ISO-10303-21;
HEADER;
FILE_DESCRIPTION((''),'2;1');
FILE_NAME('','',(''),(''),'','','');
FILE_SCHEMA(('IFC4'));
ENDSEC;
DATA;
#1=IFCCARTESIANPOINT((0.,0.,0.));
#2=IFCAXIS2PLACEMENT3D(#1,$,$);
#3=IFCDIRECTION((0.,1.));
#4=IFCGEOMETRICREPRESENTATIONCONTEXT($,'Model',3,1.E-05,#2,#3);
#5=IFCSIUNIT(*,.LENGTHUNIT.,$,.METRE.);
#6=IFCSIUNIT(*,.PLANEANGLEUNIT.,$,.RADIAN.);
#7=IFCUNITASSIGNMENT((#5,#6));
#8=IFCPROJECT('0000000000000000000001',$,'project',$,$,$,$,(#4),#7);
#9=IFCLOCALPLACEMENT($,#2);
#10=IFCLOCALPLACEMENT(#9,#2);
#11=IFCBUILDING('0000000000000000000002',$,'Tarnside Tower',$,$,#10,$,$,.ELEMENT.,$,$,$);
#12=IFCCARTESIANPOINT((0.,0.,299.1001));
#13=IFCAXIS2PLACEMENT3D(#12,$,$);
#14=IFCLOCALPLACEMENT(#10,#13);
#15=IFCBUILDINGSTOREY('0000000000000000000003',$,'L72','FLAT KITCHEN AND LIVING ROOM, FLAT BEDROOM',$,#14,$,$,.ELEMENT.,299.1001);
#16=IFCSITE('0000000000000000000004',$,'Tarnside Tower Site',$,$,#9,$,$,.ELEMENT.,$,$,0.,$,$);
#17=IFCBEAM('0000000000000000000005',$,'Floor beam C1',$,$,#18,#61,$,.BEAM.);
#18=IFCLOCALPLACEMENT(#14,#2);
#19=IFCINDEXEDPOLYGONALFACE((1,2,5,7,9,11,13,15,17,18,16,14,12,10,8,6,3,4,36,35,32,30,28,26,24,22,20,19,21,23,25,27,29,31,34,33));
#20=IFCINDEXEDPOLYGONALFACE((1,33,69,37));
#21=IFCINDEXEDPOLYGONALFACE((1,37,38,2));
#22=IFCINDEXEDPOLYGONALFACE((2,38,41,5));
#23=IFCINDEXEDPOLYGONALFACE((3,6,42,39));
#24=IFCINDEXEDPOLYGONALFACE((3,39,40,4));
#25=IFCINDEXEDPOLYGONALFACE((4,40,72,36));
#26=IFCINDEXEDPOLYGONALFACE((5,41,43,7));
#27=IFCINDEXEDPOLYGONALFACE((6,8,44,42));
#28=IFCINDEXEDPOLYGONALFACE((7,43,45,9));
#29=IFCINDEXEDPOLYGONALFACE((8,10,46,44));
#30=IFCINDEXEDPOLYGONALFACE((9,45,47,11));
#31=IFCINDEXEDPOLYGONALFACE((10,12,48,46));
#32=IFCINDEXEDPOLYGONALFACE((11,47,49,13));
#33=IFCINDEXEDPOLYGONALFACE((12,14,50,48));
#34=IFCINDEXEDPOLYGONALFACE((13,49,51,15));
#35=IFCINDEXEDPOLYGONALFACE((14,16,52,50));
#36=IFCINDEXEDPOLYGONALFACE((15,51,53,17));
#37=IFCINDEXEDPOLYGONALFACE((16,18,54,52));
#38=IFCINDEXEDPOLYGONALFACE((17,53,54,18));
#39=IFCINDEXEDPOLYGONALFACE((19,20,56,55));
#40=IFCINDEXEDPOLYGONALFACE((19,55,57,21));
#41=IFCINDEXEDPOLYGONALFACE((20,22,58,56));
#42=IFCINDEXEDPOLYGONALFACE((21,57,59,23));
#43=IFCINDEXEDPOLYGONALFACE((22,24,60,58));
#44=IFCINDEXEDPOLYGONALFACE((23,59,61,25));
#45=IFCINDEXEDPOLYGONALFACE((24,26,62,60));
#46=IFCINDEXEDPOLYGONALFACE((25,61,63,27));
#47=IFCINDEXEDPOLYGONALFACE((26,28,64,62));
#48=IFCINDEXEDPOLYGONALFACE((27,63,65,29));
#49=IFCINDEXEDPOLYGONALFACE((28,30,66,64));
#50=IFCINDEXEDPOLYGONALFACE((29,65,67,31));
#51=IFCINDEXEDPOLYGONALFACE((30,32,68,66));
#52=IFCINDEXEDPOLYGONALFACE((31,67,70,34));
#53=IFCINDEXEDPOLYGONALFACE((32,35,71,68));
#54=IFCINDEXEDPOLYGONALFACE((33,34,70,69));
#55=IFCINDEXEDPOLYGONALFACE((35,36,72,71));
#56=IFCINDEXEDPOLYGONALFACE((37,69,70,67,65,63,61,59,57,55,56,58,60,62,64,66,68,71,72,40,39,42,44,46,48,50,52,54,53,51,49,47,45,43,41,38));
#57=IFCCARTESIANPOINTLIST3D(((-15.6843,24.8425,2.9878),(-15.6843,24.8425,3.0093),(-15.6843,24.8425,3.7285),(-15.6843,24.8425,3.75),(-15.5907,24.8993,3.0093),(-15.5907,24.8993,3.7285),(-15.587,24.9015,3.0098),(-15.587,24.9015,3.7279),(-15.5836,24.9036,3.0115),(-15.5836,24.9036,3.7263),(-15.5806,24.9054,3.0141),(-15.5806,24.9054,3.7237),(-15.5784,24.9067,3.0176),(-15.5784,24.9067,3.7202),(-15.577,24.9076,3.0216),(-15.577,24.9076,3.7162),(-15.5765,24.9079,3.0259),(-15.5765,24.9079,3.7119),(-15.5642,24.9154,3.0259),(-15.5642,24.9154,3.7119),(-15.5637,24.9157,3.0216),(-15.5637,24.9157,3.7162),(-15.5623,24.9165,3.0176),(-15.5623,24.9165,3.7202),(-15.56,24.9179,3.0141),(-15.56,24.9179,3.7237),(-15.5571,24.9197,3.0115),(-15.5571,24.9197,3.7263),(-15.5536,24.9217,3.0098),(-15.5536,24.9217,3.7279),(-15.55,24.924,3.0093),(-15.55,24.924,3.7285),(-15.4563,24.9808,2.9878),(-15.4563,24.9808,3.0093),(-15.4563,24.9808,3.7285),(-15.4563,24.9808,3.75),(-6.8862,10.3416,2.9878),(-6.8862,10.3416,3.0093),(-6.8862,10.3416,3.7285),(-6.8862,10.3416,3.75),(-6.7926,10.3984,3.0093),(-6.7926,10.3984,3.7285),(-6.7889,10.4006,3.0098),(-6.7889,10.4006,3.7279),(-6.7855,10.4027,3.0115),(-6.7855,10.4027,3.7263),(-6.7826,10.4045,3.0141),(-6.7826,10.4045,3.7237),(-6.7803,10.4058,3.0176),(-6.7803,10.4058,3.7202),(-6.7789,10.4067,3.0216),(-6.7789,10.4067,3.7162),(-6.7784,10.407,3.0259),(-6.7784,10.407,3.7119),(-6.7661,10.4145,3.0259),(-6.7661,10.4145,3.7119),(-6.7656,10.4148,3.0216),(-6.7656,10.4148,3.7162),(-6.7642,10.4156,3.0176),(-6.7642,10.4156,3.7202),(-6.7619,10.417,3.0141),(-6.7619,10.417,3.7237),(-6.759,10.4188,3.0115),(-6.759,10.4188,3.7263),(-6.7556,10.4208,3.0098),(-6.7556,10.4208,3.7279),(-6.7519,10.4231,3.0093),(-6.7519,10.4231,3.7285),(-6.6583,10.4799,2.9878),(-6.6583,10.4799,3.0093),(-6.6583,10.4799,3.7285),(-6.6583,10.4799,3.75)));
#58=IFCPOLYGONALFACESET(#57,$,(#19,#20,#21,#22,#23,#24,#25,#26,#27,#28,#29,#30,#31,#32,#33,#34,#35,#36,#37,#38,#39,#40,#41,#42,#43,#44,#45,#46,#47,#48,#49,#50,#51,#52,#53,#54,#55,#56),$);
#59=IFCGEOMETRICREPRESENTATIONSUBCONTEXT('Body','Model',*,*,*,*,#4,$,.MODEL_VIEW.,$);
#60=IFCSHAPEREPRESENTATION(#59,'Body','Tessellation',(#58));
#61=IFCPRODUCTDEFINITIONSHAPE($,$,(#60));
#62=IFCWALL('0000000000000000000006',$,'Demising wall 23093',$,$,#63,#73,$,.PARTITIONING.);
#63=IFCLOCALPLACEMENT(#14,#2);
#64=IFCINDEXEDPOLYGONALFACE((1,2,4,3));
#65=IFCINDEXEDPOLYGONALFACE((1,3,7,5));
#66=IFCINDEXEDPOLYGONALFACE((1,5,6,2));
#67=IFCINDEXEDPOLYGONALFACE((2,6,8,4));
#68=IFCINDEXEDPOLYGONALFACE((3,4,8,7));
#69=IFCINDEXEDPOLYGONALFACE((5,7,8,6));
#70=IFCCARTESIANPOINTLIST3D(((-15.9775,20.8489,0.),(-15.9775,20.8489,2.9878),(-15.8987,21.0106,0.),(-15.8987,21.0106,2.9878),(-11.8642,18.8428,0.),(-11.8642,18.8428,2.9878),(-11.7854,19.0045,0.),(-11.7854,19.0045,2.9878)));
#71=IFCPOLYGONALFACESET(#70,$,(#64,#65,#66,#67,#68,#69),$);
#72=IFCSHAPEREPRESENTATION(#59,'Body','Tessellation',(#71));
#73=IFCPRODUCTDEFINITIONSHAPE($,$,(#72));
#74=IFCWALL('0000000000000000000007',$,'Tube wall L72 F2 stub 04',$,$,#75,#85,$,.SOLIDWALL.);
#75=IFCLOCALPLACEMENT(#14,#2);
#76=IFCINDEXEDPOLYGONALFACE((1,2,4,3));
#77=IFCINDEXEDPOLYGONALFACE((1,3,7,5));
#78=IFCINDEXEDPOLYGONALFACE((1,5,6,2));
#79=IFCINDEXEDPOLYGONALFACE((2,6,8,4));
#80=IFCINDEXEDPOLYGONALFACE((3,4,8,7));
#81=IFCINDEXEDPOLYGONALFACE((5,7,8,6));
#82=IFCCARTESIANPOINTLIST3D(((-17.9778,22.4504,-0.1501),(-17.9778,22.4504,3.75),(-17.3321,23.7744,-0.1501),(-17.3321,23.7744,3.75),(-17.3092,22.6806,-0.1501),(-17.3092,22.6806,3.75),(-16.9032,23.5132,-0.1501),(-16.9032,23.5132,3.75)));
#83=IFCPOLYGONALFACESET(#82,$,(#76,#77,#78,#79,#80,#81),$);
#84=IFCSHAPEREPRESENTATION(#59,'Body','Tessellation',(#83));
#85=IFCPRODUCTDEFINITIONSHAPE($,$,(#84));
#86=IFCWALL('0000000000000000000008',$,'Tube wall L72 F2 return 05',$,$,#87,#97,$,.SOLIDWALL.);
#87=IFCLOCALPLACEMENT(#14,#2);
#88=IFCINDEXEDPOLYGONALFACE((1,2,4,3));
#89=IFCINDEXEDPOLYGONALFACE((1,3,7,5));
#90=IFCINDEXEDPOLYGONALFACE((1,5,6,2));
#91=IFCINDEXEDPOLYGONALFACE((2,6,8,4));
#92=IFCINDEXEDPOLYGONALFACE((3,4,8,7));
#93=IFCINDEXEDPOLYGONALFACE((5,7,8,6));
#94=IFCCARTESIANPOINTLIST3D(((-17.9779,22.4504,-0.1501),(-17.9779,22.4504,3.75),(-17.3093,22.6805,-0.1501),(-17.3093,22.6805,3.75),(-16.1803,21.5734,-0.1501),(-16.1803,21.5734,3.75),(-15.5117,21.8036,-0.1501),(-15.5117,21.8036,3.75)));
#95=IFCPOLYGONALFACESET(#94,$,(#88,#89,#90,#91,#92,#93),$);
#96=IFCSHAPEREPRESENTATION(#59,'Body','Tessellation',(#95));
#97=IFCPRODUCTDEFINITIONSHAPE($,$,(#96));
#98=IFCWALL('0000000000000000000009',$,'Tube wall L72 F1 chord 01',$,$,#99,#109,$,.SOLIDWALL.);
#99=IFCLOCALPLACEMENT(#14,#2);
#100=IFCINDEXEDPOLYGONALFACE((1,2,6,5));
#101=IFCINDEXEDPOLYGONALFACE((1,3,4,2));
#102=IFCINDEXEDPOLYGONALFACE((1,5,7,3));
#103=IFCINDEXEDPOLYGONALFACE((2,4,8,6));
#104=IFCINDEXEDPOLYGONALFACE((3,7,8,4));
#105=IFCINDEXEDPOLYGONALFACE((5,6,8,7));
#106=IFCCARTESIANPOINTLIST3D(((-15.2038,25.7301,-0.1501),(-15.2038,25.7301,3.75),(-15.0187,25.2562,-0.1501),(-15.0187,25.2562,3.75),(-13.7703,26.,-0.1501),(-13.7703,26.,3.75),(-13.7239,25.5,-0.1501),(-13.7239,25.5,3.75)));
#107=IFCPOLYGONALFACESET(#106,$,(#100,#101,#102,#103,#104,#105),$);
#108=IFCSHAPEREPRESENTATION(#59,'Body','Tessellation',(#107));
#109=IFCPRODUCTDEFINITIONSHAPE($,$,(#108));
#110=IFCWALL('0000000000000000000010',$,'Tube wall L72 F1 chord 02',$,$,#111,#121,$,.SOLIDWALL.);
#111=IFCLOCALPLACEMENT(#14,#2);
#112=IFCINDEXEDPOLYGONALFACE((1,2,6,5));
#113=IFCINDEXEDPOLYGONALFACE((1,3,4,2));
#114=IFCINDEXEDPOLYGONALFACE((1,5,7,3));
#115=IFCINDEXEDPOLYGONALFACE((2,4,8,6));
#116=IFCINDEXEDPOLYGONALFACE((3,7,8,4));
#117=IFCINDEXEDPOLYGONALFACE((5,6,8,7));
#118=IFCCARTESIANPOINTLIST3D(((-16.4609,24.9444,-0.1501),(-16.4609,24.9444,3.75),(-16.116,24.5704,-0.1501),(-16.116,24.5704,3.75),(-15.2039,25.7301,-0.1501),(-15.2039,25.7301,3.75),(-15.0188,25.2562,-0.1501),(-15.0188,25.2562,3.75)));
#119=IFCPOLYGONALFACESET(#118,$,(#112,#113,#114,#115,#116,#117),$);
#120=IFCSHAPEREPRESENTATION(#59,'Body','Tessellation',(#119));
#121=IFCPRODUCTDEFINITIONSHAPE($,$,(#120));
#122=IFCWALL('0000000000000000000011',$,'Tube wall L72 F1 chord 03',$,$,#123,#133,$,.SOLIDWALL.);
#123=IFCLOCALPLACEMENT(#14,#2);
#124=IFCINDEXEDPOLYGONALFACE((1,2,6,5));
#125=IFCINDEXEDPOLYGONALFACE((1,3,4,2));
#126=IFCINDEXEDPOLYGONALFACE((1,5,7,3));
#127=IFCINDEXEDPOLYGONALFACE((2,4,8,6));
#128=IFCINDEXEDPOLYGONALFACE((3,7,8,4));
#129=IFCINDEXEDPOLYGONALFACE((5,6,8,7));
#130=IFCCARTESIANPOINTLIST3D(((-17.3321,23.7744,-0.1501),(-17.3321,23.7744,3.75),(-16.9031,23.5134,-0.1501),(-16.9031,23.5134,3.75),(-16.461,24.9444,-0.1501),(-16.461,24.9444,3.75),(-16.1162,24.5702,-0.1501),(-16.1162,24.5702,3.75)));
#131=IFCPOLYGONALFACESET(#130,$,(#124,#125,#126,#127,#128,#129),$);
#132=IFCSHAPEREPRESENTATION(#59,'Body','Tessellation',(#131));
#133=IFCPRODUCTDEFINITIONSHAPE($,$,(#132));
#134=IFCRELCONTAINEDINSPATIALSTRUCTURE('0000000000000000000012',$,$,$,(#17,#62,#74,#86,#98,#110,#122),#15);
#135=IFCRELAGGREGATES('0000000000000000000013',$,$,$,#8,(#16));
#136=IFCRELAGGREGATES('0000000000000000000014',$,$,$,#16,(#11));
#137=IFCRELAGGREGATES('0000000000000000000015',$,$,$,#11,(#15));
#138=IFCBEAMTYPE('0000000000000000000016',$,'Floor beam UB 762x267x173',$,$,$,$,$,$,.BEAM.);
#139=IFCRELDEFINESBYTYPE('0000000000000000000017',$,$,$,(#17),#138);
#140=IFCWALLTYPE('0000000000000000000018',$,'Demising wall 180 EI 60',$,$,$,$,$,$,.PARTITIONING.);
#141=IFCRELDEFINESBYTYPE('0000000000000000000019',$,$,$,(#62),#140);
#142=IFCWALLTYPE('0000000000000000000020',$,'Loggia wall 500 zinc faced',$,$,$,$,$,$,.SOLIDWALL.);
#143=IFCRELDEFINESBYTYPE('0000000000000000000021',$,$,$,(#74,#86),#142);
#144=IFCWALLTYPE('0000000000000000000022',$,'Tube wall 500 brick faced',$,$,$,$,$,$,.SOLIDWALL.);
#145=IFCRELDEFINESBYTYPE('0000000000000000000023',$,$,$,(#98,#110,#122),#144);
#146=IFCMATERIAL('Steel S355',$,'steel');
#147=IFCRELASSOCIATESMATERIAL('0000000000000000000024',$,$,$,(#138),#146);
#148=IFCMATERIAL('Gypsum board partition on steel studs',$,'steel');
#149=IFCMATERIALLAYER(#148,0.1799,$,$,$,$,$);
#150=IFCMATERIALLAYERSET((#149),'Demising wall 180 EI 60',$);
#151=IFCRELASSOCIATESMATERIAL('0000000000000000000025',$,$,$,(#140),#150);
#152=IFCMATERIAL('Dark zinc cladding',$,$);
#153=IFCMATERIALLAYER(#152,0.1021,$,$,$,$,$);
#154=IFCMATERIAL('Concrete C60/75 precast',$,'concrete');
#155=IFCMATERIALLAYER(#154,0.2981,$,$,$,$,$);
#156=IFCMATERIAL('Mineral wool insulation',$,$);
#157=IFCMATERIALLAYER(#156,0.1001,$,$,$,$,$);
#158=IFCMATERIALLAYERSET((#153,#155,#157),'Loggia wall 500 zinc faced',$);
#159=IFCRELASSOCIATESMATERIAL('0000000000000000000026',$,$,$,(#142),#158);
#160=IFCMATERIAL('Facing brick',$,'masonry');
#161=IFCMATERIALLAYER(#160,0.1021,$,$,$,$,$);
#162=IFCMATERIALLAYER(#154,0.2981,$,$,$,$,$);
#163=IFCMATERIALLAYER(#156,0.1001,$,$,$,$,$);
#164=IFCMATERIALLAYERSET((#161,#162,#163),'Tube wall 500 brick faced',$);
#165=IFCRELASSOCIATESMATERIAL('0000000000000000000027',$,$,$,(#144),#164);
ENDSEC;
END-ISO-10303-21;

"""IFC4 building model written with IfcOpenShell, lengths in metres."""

from ifc_helpers import new_model, si_unit, direction, frame, frame_2d, origin, origin_2d, place, context, subcontext, project, spatial, polyline, rectangle, i_section, outline, extrude, material, layer, layer_set, material_profile, profile_set, type_object, element, save


model = new_model("IFC4")

# Units and contexts
model_context = context("Model", 3, precision=1e-05, world=origin(), true_north=direction((0.0, 1.0)))
body_context = subcontext(model_context, "Body", "Model", "MODEL_VIEW")
ifc_project = project(units=[si_unit("LENGTHUNIT", "METRE"), si_unit("PLANEANGLEUNIT", "RADIAN")], contexts=[model_context])

# Site, building, storey
site_placement = place(None, origin())
site = spatial("IfcSite", under=ifc_project, at=site_placement, Name="Tarnside Tower Site", CompositionType="ELEMENT", RefElevation=0.0)
building_placement = place(site_placement, origin())
building = spatial("IfcBuilding", under=site, at=building_placement, Name="Tarnside Tower", CompositionType="ELEMENT")
storey_placement = place(building_placement, frame((0.0, 0.0, 299.1001)))
storey = spatial("IfcBuildingStorey", under=building, at=storey_placement, Name="L72", Description="FLAT KITCHEN AND LIVING ROOM, FLAT BEDROOM", CompositionType="ELEMENT", Elevation=299.1001)

# Beam
ifc_material_1 = material(Name="Steel S355", Category="steel")
ifc_material_profile = material_profile(ifc_material_1, i_section(OverallWidth=0.2666, OverallDepth=0.7622, WebThickness=0.0144, FlangeThickness=0.0215, FilletRadius=0.0166, at=origin_2d()), Name="UB 762x267x173")
ifc_profile_set = profile_set([ifc_material_profile], Name="Steel S355")
beam_type = type_object("IfcBeamType", Name="Floor beam UB 762x267x173", PredefinedType="BEAM", material=ifc_profile_set)
beam_placement = place(storey_placement, frame((-15.5703, 24.9116, 3.3689), z_axis=(0.518717, -0.854946, 0.0), x_axis=(0.854946, 0.518717, 0.0)))
element("IfcBeam", 1, at=beam_placement, inside=storey, type_object=beam_type, Name="Floor beam C1", PredefinedType="BEAM", context=body_context, shape_type="SweptSolid", body=[
    extrude(i_section(OverallWidth=0.2666, OverallDepth=0.7622, WebThickness=0.0144, FlangeThickness=0.0215, FilletRadius=0.0166, at=origin_2d()), origin(), (0.0, 0.0, 1.0), 16.9612),
])

# Walls
ifc_material_2 = material(Name="Gypsum board partition on steel studs", Category="steel")
ifc_layer_1 = layer(ifc_material_2, 0.1799)
ifc_layer_set_1 = layer_set([ifc_layer_1], Name="Demising wall 180 EI 60")
wall_type_1 = type_object("IfcWallType", Name="Demising wall 180 EI 60", PredefinedType="PARTITIONING", material=ifc_layer_set_1)
wall_1_placement = place(storey_placement, frame((-15.938, 20.9297, 0.0), z_axis=(0.0, 0.0, 1.0), x_axis=(0.898801, -0.438357, 0.0)))
element("IfcWall", 2, at=wall_1_placement, inside=storey, type_object=wall_type_1, Name="Demising wall 23093", PredefinedType="PARTITIONING", context=body_context, shape_type="SweptSolid", body=[
    extrude(rectangle(XDim=4.5764, YDim=0.1799, at=frame_2d((2.2881, 0.0))), origin(), (0.0, 0.0, 1.0), 2.9878),
])
ifc_material_3 = material(Name="Dark zinc cladding")
ifc_layer_2 = layer(ifc_material_3, 0.1021)
ifc_material_4 = material(Name="Concrete C60/75 precast", Category="concrete")
ifc_layer_3 = layer(ifc_material_4, 0.2981)
ifc_material_5 = material(Name="Mineral wool insulation")
ifc_layer_4 = layer(ifc_material_5, 0.1001)
ifc_layer_set_2 = layer_set([ifc_layer_2, ifc_layer_3, ifc_layer_4], Name="Loggia wall 500 zinc faced")
wall_type_2 = type_object("IfcWallType", Name="Loggia wall 500 zinc faced", PredefinedType="SOLIDWALL", material=ifc_layer_set_2)
wall_2_placement = place(storey_placement, frame((-17.1177, 23.6438, -0.1501), z_axis=(0.0, 0.0, 1.0), x_axis=(-0.438319, -0.898819, 0.0)))
element("IfcWall", 3, at=wall_2_placement, inside=storey, type_object=wall_type_2, Name="Tube wall L72 F2 stub 04", PredefinedType="SOLIDWALL", context=body_context, shape_type="SweptSolid", body=[
    extrude(outline(polyline([(-0.0234, -0.25), (1.4497, -0.25), (0.9497, 0.25), (0.0234, 0.25), (-0.0234, -0.25)])), origin(), (0.0, 0.0, 1.0), 3.9001),
])
wall_3_placement = place(storey_placement, frame((-17.6436, 22.5654, -0.1501), z_axis=(0.0, 0.0, 1.0), x_axis=(0.898754, -0.438452, 0.0)))
element("IfcWall", 4, at=wall_3_placement, inside=storey, type_object=wall_type_2, Name="Tube wall L72 F2 return 05", PredefinedType="SOLIDWALL", context=body_context, shape_type="SweptSolid", body=[
    extrude(outline(polyline([(-0.25, -0.25), (1.75, -0.25), (2.25, 0.25), (0.25, 0.25), (-0.25, -0.25)])), origin(), (0.0, 0.0, 1.0), 3.9001),
])

# Walls
ifc_material_6 = material(Name="Facing brick", Category="masonry")
ifc_layer_5 = layer(ifc_material_6, 0.1021)
ifc_layer_6 = layer(ifc_material_4, 0.2981)
ifc_layer_7 = layer(ifc_material_5, 0.1001)
ifc_layer_set_3 = layer_set([ifc_layer_5, ifc_layer_6, ifc_layer_7], Name="Tube wall 500 brick faced")
wall_type_3 = type_object("IfcWallType", Name="Tube wall 500 brick faced", PredefinedType="SOLIDWALL", material=ifc_layer_set_3)
wall_4_placement = place(storey_placement, frame((-13.7471, 25.75, -0.1501), z_axis=(0.0, 0.0, 1.0), x_axis=(-0.982737, -0.185011, 0.0)))
element("IfcWall", 5, at=wall_4_placement, inside=storey, type_object=wall_type_3, Name="Tube wall L72 F1 chord 01", PredefinedType="SOLIDWALL", context=body_context, shape_type="SweptSolid", body=[
    extrude(outline(polyline([(-0.0234, -0.25), (1.4353, -0.25), (1.3411, 0.25), (0.0234, 0.25), (-0.0234, -0.25)])), origin(), (0.0, 0.0, 1.0), 3.9001),
])
wall_5_placement = place(storey_placement, frame((-15.1113, 25.4932, -0.1501), z_axis=(0.0, 0.0, 1.0), x_axis=(-0.847979, -0.530031, 0.0)))
element("IfcWall", 6, at=wall_5_placement, inside=storey, type_object=wall_type_3, Name="Tube wall L72 F1 chord 02", PredefinedType="SOLIDWALL", context=body_context, shape_type="SweptSolid", body=[
    extrude(outline(polyline([(-0.0471, -0.25), (1.4353, -0.25), (1.3411, 0.25), (0.0471, 0.25), (-0.0471, -0.25)])), origin(), (0.0, 0.0, 1.0), 3.9001),
])
wall_6_placement = place(storey_placement, frame((-16.2886, 24.7573, -0.1501), z_axis=(0.0, 0.0, 1.0), x_axis=(-0.597211, -0.802084, 0.0)))
element("IfcWall", 7, at=wall_6_placement, inside=storey, type_object=wall_type_3, Name="Tube wall L72 F1 chord 03", PredefinedType="SOLIDWALL", context=body_context, shape_type="SweptSolid", body=[
    extrude(outline(polyline([(-0.0471, -0.25), (1.4116, -0.25), (1.3647, 0.25), (0.0471, 0.25), (-0.0471, -0.25)])), origin(), (0.0, 0.0, 1.0), 3.9001),
])

save(model, "model.ifc")
